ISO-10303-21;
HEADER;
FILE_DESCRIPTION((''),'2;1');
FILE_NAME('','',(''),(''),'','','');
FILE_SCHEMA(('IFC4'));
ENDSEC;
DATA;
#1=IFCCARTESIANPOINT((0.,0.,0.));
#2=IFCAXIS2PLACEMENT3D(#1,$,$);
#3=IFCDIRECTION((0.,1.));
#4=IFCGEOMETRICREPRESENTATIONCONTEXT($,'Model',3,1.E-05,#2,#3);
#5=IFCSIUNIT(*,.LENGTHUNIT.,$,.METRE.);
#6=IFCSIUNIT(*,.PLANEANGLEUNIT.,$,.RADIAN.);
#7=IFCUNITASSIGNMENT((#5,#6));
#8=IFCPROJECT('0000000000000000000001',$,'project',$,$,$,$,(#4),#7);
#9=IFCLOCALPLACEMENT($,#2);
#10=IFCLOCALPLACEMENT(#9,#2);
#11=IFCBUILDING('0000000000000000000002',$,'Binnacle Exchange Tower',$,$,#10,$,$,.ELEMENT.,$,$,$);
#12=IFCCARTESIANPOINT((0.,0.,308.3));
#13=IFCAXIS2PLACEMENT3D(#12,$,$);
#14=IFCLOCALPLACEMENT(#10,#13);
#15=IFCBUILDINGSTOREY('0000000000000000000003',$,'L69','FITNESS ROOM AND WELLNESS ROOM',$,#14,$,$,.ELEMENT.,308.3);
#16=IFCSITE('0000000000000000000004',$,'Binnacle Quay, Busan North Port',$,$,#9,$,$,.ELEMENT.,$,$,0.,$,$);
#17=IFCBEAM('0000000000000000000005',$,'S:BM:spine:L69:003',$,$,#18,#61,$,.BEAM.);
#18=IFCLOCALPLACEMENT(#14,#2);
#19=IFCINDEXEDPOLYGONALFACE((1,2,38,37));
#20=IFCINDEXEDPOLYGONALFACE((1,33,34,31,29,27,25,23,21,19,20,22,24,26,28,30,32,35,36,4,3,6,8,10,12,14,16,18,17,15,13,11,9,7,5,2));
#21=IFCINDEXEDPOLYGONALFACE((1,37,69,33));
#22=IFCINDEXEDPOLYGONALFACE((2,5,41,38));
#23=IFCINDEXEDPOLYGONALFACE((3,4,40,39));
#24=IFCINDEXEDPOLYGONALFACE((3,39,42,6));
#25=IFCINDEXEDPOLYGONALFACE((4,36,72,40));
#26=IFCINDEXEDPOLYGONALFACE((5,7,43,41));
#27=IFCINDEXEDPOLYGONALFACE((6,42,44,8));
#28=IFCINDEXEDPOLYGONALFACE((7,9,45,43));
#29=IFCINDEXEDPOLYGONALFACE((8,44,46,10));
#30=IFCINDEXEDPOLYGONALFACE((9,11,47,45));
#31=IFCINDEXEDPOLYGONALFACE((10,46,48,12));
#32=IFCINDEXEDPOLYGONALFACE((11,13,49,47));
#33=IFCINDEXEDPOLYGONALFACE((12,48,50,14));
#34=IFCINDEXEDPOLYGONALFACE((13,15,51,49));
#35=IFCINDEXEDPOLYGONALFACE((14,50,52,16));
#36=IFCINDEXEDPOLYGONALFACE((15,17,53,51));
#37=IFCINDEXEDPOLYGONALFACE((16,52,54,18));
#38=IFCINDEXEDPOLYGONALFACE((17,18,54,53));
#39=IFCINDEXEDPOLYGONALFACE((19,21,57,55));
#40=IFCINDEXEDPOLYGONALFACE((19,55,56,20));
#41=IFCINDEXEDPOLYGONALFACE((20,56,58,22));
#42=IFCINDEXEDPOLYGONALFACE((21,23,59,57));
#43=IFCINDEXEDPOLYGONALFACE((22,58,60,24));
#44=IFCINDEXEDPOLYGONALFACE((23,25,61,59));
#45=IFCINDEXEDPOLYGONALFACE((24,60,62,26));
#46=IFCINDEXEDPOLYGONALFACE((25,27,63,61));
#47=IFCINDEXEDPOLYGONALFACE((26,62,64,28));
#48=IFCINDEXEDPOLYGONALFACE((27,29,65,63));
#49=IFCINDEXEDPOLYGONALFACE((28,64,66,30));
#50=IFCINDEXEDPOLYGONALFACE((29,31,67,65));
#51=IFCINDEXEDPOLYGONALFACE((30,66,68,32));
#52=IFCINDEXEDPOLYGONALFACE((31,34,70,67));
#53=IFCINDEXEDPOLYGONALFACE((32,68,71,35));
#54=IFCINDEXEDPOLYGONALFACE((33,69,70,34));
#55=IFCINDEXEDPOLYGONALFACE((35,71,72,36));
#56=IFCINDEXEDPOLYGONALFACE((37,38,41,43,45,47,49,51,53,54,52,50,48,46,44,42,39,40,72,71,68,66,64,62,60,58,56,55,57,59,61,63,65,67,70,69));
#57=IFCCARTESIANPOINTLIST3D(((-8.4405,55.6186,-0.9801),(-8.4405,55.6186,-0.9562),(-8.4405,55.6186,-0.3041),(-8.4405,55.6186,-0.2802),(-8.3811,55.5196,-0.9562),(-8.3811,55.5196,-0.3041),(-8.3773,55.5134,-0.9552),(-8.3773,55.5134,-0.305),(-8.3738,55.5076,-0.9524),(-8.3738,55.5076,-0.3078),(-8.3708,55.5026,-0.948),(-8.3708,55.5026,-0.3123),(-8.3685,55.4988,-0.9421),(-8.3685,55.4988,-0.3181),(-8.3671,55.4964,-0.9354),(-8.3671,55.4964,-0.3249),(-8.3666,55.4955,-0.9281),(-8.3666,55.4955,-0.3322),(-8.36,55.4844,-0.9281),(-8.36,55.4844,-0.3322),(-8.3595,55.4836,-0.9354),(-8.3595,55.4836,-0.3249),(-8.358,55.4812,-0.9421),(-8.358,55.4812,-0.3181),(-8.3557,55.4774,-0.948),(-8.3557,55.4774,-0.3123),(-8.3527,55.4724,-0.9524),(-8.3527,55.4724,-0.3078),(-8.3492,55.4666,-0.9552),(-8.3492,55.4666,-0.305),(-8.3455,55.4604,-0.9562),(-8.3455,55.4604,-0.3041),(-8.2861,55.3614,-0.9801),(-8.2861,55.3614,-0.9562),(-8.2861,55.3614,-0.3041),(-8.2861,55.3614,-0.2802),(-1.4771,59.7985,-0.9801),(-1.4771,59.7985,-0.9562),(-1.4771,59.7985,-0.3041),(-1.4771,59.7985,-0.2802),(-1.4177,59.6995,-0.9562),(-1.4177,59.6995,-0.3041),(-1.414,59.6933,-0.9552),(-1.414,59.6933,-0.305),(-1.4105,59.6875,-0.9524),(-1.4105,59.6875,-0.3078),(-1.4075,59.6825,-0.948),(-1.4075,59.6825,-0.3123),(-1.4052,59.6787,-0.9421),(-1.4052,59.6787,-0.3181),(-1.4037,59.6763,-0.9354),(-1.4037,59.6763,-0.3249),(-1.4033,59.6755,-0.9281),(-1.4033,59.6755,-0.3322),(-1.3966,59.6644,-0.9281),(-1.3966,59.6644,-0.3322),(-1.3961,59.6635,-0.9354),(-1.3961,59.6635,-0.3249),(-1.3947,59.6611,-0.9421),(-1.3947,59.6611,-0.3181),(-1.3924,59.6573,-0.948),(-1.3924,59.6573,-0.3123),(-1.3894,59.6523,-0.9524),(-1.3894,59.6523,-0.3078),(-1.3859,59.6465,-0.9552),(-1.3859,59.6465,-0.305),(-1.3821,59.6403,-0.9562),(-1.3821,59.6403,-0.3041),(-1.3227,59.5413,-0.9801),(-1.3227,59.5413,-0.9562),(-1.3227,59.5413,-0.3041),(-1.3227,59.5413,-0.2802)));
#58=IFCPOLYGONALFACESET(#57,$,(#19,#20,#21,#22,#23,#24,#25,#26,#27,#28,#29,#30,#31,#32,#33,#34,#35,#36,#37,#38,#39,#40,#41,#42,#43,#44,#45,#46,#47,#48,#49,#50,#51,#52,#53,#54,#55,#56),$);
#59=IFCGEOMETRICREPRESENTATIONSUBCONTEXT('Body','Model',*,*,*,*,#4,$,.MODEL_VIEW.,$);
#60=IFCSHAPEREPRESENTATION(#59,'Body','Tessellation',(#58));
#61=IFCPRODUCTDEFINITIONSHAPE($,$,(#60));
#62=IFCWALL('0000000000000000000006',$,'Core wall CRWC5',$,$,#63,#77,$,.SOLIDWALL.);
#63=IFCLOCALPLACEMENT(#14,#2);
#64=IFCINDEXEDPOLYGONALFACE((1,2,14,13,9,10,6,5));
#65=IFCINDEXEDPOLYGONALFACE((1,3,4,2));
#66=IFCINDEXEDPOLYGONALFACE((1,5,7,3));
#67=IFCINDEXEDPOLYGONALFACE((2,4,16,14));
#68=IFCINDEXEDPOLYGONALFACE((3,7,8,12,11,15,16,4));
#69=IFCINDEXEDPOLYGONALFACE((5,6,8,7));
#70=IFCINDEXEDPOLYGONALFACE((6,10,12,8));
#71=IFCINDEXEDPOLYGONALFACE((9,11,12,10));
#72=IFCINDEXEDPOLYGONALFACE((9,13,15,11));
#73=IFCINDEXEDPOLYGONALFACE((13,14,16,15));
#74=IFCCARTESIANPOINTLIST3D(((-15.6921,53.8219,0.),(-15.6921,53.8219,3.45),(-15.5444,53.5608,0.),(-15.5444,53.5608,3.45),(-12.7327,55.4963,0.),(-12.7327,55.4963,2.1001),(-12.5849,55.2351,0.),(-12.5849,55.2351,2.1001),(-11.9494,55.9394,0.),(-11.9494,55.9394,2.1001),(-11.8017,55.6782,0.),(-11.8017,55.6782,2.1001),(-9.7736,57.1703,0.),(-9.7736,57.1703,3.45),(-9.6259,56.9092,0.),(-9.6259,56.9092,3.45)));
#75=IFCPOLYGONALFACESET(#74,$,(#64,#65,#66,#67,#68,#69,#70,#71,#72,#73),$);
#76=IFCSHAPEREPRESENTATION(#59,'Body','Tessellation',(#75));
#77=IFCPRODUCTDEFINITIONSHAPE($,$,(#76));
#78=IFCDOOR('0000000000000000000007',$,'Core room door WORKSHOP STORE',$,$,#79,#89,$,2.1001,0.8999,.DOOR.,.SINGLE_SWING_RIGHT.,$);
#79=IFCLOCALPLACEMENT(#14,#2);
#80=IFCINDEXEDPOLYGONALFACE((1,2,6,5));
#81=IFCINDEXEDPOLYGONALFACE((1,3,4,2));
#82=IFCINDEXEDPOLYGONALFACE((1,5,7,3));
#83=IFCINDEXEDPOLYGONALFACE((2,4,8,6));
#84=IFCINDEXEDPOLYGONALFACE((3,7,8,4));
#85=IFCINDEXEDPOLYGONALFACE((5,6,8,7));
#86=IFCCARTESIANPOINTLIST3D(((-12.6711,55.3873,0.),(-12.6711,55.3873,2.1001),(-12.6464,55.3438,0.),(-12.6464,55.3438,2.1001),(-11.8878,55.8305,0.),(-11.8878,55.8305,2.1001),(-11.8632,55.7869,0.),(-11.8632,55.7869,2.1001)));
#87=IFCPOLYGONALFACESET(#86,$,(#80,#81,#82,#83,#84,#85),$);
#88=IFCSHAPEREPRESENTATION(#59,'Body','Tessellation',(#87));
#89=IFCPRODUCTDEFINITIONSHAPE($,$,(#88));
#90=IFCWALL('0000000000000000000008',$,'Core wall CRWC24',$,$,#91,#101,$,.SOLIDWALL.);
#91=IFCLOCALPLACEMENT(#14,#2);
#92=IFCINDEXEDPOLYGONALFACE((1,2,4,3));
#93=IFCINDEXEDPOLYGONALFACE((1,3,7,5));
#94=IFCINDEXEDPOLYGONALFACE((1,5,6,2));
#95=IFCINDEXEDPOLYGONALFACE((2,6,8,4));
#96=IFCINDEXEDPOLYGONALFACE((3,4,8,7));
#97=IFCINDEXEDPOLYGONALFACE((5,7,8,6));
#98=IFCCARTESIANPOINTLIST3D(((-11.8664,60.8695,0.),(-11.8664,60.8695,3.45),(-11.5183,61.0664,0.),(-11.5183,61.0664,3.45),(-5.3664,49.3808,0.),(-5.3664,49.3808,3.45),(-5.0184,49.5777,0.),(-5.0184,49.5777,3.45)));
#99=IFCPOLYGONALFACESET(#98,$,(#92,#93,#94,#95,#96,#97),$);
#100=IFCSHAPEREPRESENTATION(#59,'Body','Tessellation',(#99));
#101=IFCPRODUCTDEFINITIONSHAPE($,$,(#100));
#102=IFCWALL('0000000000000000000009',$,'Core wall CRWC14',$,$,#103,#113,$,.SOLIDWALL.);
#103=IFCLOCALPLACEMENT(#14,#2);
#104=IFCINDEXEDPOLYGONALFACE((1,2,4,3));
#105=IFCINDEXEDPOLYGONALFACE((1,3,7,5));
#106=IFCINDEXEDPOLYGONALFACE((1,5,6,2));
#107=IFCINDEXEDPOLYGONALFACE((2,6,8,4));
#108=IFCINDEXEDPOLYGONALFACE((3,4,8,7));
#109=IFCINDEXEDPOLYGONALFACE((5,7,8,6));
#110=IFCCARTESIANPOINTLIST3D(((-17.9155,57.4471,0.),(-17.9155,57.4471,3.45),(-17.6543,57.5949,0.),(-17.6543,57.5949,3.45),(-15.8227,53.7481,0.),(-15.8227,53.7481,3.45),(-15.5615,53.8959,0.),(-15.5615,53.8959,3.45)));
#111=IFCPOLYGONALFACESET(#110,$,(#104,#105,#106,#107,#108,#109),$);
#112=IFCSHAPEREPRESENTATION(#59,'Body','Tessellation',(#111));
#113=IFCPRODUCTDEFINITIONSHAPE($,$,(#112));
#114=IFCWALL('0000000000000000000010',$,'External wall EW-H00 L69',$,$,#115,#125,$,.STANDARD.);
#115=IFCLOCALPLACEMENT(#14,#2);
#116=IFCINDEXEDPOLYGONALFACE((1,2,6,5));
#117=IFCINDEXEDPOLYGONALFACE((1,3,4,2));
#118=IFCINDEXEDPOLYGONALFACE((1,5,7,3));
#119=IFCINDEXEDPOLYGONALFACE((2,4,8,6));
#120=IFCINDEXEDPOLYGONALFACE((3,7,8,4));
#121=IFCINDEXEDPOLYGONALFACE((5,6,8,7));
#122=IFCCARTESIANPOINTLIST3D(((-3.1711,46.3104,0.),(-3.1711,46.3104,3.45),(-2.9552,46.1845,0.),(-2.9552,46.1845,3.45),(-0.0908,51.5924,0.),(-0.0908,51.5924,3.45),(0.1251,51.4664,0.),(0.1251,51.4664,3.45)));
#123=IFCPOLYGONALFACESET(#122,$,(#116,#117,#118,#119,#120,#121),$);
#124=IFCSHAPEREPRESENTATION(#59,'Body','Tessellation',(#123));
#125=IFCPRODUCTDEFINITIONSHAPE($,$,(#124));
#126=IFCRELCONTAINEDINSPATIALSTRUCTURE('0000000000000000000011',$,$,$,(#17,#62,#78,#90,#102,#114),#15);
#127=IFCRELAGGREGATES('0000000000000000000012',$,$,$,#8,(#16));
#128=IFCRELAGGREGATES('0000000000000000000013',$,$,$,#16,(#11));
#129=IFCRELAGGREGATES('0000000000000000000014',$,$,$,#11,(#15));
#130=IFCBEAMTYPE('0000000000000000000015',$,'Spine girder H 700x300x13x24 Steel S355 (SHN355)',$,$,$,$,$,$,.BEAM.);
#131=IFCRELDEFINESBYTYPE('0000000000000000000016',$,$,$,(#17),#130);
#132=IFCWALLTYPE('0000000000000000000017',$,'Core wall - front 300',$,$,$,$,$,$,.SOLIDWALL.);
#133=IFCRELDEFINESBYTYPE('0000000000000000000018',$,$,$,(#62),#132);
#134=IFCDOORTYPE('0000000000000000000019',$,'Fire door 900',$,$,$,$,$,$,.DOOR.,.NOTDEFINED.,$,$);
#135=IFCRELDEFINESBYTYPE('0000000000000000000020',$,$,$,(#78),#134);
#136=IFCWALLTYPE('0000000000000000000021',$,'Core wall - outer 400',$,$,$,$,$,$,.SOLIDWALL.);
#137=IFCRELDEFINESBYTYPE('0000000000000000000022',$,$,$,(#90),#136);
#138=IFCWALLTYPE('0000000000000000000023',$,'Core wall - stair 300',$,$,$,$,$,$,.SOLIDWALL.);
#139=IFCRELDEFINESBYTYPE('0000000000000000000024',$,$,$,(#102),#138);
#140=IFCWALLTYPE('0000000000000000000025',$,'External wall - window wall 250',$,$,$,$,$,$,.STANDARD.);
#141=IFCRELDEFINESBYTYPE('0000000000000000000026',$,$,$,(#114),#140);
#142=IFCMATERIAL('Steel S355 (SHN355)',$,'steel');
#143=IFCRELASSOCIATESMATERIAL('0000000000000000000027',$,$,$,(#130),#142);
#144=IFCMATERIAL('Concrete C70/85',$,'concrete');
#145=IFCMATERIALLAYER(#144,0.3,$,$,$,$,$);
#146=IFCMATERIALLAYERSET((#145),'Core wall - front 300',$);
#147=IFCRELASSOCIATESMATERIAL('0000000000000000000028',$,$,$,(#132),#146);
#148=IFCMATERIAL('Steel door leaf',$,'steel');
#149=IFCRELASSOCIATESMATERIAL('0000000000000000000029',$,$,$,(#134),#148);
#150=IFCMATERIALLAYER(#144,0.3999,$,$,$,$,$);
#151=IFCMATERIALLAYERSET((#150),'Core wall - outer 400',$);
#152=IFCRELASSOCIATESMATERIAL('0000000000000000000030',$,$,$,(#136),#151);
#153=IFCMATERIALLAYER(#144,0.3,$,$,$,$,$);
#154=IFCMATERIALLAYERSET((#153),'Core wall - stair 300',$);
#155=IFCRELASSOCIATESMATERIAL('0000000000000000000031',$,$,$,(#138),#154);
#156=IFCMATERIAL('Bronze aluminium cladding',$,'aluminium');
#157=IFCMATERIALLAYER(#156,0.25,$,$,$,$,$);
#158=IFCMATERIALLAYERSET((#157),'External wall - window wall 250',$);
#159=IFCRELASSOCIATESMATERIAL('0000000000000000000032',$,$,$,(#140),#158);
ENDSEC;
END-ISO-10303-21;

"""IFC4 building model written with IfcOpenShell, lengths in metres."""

from ifc_helpers import new_model, si_unit, direction, frame, frame_2d, origin, origin_2d, place, context, subcontext, project, spatial, rectangle, i_section, extrude, material, layer, layer_set, material_profile, profile_set, type_object, element, fill, save


model = new_model("IFC4")

# Units and contexts
model_context = context("Model", 3, precision=1e-05, world=origin(), true_north=direction((0.0, 1.0)))
body_context = subcontext(model_context, "Body", "Model", "MODEL_VIEW")
ifc_project = project(units=[si_unit("LENGTHUNIT", "METRE"), si_unit("PLANEANGLEUNIT", "RADIAN")], contexts=[model_context])

# Site, building, storey
site_placement = place(None, origin())
site = spatial("IfcSite", under=ifc_project, at=site_placement, Name="Binnacle Quay, Busan North Port", CompositionType="ELEMENT", RefElevation=0.0)
building_placement = place(site_placement, origin())
building = spatial("IfcBuilding", under=site, at=building_placement, Name="Binnacle Exchange Tower", CompositionType="ELEMENT")
storey_placement = place(building_placement, frame((0.0, 0.0, 308.3)))
storey = spatial("IfcBuildingStorey", under=building, at=storey_placement, Name="L69", Description="FITNESS ROOM AND WELLNESS ROOM", CompositionType="ELEMENT", Elevation=308.3)

# Beam
ifc_material_1 = material(Name="Steel S355 (SHN355)", Category="steel")
ifc_material_profile_1 = material_profile(ifc_material_1, i_section(OverallWidth=0.3, OverallDepth=0.7, WebThickness=0.0129, FlangeThickness=0.0239, FilletRadius=0.0281, at=origin_2d()), Name="H 700x300x13x24")
ifc_profile_set_1 = profile_set([ifc_material_profile_1], Name="Steel S355 (SHN355)")
beam_type_1 = type_object("IfcBeamType", Name="Spine girder H 700x300x13x24 Steel S355 (SHN355)", PredefinedType="BEAM", material=ifc_profile_set_1)
beam_1_placement = place(storey_placement, frame((-8.3633, 55.49, -0.6301), z_axis=(0.857389, 0.514668, 0.0), x_axis=(-0.514668, 0.857389, 0.0)))
element("IfcBeam", 1, at=beam_1_placement, inside=storey, type_object=beam_type_1, Name="S:BM:spine:L69:003", PredefinedType="BEAM", context=body_context, shape_type="SweptSolid", body=[
    extrude(i_section(OverallWidth=0.3, OverallDepth=0.7, WebThickness=0.0129, FlangeThickness=0.0239, FilletRadius=0.0281, at=origin_2d()), origin(), (0.0, 0.0, 1.0), 8.1216),
])

# Wall, opening, door
ifc_material_2 = material(Name="Concrete C70/85", Category="concrete")
ifc_layer_1 = layer(ifc_material_2, 0.3)
ifc_layer_set_1 = layer_set([ifc_layer_1], Name="Core wall - front 300")
wall_type_1 = type_object("IfcWallType", Name="Core wall - front 300", PredefinedType="SOLIDWALL", material=ifc_layer_set_1)
wall_1_placement = place(storey_placement, frame((-15.6182, 53.6914, 0.0), z_axis=(0.0, 0.0, 1.0), x_axis=(0.870363, 0.492411, 0.0)))
wall_1 = element("IfcWall", 2, at=wall_1_placement, inside=storey, type_object=wall_type_1, Name="Core wall CRWC5", PredefinedType="SOLIDWALL", context=body_context, shape_type="SweptSolid", body=[
    extrude(rectangle(XDim=6.8, YDim=0.3, at=frame_2d((3.3999, 0.0))), origin(), (0.0, 0.0, 1.0), 3.45),
])
opening_1_placement = place(wall_1_placement, frame((3.4001, 0.0, 0.0)))
opening_1 = element("IfcOpeningElement", 3, at=opening_1_placement, cuts=wall_1, PredefinedType="OPENING", context=body_context, shape_type="SweptSolid", body=[
    extrude(rectangle(XDim=0.8999, YDim=2.1001, at=frame_2d((0.45, 1.05))), frame((0.0, 0.1599, 0.0), z_axis=(0.0, -1.0, 0.0), x_axis=(1.0, 0.0, 0.0)), (0.0, 0.0, 1.0), 0.3201),
])
ifc_material_3 = material(Name="Steel door leaf", Category="steel")
door_type_1 = type_object("IfcDoorType", Name="Fire door 900", OperationType="NOTDEFINED", PredefinedType="DOOR", material=ifc_material_3)
door_1_placement = place(opening_1_placement, origin())
door_1 = element("IfcDoor", 4, at=door_1_placement, inside=storey, type_object=door_type_1, Name="Core room door WORKSHOP STORE", OperationType="SINGLE_SWING_RIGHT", OverallHeight=2.1001, OverallWidth=0.8999, PredefinedType="DOOR", context=body_context, shape_type="SweptSolid", body=[
    extrude(rectangle(XDim=0.8999, YDim=2.1001, at=frame_2d((0.45, 1.05))), frame((0.0, 0.0249, 0.0), z_axis=(0.0, -1.0, 0.0), x_axis=(1.0, 0.0, 0.0)), (0.0, 0.0, 1.0), 0.05),
])
fill(opening_1, door_1)

# Walls
ifc_layer_2 = layer(ifc_material_2, 0.3999)
ifc_layer_set_2 = layer_set([ifc_layer_2], Name="Core wall - outer 400")
wall_type_2 = type_object("IfcWallType", Name="Core wall - outer 400", PredefinedType="SOLIDWALL", material=ifc_layer_set_2)
wall_2_placement = place(storey_placement, frame((-11.6924, 60.968, 0.0), z_axis=(0.0, 0.0, 1.0), x_axis=(0.492422, -0.870357, 0.0)))
element("IfcWall", 5, at=wall_2_placement, inside=storey, type_object=wall_type_2, Name="Core wall CRWC24", PredefinedType="SOLIDWALL", context=body_context, shape_type="SweptSolid", body=[
    extrude(rectangle(XDim=13.2, YDim=0.3999, at=frame_2d((6.6001, 0.0))), origin(), (0.0, 0.0, 1.0), 3.45),
])
ifc_layer_3 = layer(ifc_material_2, 0.3)
ifc_layer_set_3 = layer_set([ifc_layer_3], Name="Core wall - stair 300")
wall_type_3 = type_object("IfcWallType", Name="Core wall - stair 300", PredefinedType="SOLIDWALL", material=ifc_layer_set_3)
wall_3_placement = place(storey_placement, frame((-17.7849, 57.521, 0.0), z_axis=(0.0, 0.0, 1.0), x_axis=(0.492423, -0.870356, 0.0)))
element("IfcWall", 6, at=wall_3_placement, inside=storey, type_object=wall_type_3, Name="Core wall CRWC14", PredefinedType="SOLIDWALL", context=body_context, shape_type="SweptSolid", body=[
    extrude(rectangle(XDim=4.25, YDim=0.3, at=frame_2d((2.125, 0.0))), origin(), (0.0, 0.0, 1.0), 3.45),
])
ifc_material_4 = material(Name="Bronze aluminium cladding", Category="aluminium")
ifc_layer_4 = layer(ifc_material_4, 0.25)
ifc_layer_set_4 = layer_set([ifc_layer_4], Name="External wall - window wall 250")
wall_type_4 = type_object("IfcWallType", Name="External wall - window wall 250", PredefinedType="STANDARD", material=ifc_layer_set_4)
wall_4_placement = place(storey_placement, frame((0.0171, 51.5293, 0.0), z_axis=(0.0, 0.0, 1.0), x_axis=(-0.503769, -0.863838, 0.0)))
element("IfcWall", 7, at=wall_4_placement, inside=storey, type_object=wall_type_4, Name="External wall EW-H00 L69", PredefinedType="STANDARD", context=body_context, shape_type="SweptSolid", body=[
    extrude(rectangle(XDim=6.1145, YDim=0.25, at=frame_2d((3.0571, 0.0))), origin(), (0.0, 0.0, 1.0), 3.45),
])

save(model, "model.ifc")
